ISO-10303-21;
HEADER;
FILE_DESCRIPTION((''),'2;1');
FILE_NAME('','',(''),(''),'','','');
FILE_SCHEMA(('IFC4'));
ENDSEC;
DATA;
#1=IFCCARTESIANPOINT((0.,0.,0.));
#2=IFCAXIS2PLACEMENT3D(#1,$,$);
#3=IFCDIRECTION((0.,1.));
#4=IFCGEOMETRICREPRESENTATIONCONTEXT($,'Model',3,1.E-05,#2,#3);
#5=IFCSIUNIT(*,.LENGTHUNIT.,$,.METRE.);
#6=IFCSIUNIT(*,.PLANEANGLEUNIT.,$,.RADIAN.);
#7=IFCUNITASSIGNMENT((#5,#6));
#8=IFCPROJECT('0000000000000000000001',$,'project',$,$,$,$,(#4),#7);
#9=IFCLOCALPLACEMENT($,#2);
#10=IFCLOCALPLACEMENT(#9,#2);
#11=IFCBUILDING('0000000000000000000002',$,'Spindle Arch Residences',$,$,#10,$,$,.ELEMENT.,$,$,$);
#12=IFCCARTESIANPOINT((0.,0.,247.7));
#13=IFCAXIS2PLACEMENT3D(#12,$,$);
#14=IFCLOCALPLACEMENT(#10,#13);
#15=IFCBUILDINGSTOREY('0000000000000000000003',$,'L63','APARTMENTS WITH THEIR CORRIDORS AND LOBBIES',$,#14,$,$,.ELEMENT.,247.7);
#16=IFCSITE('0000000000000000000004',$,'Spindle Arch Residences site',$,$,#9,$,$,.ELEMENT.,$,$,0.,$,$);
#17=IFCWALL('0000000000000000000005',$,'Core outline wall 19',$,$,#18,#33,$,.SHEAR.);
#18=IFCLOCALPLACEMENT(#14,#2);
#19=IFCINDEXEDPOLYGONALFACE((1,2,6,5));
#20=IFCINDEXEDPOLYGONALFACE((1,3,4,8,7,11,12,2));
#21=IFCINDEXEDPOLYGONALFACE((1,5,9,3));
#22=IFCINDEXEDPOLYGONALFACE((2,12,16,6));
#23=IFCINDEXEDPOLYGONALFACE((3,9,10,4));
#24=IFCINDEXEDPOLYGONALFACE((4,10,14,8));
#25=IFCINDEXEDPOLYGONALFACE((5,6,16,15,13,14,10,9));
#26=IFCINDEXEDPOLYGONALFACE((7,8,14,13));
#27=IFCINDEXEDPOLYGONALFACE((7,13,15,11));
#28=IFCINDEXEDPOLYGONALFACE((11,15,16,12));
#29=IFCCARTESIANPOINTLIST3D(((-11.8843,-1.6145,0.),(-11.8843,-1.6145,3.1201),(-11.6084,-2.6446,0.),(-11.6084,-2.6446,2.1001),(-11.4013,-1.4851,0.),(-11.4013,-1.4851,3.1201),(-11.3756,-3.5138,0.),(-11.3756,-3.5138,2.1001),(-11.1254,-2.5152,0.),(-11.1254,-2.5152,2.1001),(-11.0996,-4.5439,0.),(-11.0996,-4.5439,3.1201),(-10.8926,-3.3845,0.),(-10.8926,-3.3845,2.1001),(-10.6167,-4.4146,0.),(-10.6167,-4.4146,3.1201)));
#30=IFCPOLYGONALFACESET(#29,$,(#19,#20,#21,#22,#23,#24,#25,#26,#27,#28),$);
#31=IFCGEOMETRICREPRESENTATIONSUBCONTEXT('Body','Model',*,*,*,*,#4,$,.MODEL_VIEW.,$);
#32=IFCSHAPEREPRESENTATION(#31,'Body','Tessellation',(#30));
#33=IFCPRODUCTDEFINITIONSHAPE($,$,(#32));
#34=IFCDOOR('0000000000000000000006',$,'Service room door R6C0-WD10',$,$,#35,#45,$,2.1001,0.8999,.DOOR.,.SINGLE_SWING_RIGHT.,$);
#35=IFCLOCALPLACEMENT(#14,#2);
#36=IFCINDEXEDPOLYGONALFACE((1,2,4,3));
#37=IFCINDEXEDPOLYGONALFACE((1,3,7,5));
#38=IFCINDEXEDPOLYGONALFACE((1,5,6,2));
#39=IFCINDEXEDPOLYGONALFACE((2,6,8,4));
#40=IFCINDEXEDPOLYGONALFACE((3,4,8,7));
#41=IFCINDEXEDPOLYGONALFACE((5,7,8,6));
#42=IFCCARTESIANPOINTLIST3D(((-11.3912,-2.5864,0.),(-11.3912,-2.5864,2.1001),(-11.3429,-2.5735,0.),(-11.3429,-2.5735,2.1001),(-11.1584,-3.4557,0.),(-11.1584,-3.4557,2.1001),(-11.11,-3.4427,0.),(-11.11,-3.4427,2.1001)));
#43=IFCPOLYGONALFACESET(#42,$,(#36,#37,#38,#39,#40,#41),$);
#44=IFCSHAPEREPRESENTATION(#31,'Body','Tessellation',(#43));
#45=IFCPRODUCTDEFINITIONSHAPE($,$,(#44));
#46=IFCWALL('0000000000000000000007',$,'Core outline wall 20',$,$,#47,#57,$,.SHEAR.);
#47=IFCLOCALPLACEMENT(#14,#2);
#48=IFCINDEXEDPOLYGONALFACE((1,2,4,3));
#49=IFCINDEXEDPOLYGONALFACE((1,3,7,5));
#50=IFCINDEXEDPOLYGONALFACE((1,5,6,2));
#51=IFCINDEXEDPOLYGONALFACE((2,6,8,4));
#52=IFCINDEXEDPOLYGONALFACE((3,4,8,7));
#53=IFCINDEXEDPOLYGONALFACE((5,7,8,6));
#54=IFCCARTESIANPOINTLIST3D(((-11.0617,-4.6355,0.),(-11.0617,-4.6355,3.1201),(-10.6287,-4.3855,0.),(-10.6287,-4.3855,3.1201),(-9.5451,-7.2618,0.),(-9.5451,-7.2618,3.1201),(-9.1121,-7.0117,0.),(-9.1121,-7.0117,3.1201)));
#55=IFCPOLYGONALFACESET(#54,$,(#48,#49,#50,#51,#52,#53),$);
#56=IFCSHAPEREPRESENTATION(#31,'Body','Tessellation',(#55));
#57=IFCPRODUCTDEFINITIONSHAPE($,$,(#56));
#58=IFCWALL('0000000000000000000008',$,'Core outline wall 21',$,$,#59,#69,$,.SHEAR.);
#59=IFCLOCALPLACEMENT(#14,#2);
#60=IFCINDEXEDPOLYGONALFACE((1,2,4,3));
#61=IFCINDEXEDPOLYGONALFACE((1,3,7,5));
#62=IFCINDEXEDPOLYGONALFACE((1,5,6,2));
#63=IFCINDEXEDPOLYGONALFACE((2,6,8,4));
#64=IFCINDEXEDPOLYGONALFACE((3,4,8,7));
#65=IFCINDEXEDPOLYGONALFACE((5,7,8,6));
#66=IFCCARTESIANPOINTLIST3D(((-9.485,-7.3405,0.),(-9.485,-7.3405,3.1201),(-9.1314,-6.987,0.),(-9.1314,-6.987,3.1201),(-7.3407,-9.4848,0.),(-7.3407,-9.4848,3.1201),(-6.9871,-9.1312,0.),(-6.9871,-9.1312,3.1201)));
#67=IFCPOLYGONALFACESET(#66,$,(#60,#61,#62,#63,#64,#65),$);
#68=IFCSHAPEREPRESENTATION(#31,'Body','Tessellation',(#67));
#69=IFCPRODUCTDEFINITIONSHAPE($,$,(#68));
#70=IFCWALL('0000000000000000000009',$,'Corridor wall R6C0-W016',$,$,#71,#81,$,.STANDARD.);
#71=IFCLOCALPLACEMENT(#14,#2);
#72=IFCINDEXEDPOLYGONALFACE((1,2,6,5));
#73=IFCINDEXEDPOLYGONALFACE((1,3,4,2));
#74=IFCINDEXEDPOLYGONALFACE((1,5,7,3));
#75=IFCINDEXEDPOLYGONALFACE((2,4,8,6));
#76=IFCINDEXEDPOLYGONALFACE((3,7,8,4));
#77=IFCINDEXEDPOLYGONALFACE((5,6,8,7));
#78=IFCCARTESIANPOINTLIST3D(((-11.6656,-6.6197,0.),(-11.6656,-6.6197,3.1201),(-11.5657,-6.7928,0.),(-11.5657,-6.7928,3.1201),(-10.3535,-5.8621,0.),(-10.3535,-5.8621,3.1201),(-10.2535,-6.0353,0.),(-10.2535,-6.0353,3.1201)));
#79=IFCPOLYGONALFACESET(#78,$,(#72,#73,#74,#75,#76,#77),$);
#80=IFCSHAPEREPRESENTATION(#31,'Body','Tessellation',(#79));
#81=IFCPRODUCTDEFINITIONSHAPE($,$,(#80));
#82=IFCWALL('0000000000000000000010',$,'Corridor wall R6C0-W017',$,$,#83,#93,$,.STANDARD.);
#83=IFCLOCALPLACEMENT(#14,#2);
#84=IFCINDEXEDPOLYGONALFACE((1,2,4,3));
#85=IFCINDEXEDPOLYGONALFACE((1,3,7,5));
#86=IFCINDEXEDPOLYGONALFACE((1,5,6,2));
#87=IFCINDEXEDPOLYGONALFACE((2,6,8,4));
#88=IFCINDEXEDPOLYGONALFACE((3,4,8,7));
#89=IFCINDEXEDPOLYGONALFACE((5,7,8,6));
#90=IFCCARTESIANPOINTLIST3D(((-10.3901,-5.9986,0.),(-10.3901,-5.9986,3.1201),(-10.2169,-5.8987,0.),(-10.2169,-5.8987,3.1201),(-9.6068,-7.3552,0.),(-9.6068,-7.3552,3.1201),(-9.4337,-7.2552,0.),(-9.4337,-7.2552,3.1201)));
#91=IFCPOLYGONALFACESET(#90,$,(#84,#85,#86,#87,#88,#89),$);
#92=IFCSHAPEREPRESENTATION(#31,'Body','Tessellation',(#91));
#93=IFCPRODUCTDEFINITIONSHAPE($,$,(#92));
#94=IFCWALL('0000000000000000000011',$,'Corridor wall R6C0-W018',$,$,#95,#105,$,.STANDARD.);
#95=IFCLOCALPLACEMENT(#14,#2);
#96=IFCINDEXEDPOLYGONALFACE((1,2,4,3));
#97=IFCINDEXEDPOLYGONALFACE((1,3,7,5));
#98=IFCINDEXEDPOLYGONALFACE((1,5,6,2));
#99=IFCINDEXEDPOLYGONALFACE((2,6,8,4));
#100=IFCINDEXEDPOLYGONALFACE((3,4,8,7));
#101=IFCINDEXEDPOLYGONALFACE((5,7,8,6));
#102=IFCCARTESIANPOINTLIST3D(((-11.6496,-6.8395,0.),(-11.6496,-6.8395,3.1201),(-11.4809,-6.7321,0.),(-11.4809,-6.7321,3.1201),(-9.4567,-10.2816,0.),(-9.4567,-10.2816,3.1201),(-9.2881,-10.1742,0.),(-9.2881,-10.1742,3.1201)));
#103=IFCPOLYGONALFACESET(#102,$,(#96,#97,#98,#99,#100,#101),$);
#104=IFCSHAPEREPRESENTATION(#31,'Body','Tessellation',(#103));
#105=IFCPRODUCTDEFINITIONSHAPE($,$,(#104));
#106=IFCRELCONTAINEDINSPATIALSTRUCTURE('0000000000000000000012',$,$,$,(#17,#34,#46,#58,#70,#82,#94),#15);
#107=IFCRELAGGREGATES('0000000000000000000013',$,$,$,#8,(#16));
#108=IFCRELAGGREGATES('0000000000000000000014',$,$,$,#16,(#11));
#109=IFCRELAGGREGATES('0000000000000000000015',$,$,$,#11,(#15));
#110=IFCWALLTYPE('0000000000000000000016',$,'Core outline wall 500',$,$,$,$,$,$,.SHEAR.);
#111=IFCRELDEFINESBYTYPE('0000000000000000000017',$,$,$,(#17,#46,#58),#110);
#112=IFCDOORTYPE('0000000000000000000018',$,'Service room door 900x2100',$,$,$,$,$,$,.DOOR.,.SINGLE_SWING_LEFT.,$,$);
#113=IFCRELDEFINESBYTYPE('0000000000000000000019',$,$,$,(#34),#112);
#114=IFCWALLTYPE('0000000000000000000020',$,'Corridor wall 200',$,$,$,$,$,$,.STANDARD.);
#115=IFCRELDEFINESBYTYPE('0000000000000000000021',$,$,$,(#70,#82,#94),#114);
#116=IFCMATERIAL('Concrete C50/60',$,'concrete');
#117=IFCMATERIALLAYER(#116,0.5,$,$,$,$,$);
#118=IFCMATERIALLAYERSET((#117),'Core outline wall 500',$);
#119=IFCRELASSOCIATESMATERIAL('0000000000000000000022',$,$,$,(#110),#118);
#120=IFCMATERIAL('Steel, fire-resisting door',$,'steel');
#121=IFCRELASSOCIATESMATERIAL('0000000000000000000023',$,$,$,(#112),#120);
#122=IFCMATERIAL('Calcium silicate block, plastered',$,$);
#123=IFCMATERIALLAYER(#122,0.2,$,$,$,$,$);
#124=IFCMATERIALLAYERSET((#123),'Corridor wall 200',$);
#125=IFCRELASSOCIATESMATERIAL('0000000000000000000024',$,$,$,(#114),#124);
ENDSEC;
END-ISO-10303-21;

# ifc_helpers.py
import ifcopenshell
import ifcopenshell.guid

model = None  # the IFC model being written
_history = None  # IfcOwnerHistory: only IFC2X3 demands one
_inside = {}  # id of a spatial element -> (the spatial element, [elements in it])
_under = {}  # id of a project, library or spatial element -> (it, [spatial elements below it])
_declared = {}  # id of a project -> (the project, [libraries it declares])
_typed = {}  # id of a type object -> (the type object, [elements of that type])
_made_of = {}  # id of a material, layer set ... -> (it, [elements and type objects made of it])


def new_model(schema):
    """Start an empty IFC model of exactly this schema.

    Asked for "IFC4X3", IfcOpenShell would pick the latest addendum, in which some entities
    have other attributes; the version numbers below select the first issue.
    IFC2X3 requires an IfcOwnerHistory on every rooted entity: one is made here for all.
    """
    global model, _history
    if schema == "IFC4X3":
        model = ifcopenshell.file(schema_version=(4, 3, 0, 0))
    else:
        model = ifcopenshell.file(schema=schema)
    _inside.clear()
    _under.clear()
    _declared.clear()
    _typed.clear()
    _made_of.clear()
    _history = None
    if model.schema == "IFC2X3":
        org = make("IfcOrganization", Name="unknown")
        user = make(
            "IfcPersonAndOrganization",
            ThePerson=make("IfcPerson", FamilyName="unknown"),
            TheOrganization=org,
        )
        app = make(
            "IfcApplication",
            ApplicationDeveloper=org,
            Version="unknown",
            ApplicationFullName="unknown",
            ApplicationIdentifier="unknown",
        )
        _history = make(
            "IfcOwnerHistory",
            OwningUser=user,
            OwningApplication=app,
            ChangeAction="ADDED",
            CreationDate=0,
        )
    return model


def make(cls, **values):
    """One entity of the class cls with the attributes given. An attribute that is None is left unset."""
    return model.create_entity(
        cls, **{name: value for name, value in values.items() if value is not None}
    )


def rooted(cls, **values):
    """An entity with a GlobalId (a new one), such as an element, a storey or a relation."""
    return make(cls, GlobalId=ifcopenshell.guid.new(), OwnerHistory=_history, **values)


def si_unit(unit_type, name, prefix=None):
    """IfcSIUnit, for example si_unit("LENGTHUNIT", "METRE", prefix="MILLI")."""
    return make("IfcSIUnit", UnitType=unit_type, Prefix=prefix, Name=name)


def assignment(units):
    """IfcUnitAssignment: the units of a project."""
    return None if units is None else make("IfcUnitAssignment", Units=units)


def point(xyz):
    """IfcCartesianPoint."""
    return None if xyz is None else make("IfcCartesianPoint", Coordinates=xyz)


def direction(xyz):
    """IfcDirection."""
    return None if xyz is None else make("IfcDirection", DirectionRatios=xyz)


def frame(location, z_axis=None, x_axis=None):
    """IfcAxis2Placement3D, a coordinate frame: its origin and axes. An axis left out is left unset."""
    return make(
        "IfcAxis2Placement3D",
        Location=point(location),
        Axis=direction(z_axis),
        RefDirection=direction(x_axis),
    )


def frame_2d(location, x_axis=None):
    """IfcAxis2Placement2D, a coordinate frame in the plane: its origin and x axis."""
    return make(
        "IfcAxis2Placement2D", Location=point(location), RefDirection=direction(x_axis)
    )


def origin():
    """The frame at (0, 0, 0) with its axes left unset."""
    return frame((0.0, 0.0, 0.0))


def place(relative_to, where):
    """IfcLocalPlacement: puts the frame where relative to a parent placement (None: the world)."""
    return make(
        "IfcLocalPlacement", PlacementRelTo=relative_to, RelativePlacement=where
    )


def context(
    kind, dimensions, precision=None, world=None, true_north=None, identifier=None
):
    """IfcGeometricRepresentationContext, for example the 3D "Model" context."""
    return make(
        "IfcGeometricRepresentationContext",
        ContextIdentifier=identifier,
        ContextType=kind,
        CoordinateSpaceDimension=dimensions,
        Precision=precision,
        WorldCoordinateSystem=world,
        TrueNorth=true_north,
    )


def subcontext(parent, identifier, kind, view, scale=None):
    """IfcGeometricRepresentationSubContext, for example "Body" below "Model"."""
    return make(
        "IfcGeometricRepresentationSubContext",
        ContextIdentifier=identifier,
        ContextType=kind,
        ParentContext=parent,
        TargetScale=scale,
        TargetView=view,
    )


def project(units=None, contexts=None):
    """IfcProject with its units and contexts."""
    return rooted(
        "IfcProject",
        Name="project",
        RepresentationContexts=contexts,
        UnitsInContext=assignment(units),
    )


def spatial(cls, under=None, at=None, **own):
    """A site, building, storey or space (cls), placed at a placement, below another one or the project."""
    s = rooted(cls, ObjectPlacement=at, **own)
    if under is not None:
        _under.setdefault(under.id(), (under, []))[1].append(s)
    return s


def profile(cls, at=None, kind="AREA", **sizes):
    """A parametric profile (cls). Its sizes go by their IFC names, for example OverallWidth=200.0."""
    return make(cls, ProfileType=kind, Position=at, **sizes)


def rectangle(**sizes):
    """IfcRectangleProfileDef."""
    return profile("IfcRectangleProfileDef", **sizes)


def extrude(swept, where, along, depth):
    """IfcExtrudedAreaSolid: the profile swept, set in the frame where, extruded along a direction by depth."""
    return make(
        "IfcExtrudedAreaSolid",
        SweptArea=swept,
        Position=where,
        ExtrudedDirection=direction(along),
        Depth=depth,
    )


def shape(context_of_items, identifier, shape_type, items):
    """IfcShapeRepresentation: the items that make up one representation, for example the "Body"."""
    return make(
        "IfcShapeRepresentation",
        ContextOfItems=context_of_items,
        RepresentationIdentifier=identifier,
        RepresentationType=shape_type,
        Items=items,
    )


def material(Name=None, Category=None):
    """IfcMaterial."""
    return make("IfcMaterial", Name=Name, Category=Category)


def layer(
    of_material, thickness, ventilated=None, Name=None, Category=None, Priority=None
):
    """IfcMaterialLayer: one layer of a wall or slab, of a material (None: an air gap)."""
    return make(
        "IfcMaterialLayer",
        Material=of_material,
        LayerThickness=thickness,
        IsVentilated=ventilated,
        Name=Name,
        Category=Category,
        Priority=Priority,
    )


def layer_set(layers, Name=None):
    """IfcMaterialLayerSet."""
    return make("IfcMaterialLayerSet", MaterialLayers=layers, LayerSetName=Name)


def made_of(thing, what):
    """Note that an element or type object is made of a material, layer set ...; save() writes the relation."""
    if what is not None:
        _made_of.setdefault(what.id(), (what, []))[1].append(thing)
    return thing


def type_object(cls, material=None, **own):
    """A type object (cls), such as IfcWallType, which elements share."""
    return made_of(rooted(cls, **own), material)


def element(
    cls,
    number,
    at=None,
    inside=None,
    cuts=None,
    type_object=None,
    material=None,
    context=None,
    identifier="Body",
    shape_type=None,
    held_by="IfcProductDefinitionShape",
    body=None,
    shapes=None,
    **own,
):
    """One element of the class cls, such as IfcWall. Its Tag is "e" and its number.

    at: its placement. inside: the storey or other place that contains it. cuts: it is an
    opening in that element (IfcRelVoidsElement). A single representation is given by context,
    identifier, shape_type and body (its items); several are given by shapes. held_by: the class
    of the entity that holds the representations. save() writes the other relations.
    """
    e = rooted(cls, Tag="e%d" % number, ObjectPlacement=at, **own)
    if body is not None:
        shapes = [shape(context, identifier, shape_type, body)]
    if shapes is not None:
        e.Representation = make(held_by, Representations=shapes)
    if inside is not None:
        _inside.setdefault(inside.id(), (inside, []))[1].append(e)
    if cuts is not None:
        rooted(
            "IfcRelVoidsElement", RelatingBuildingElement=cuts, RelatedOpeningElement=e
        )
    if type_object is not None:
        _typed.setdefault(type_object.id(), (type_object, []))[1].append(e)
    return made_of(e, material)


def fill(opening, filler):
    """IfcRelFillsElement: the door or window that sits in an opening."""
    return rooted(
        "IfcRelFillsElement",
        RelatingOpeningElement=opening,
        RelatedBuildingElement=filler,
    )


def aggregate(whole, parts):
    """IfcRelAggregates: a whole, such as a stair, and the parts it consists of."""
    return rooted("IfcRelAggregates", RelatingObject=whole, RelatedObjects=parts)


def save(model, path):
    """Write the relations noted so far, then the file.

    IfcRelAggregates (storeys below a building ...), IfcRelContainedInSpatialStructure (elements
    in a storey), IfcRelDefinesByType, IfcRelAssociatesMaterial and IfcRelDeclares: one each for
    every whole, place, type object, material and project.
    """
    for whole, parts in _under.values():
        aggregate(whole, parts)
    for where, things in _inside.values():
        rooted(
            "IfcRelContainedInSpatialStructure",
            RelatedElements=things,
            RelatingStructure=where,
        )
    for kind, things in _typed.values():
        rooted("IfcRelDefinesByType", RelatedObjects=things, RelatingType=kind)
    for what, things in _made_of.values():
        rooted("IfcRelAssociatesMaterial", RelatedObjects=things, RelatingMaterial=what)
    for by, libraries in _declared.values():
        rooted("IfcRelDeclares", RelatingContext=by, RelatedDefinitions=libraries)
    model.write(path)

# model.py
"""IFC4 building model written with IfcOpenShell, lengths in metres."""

from ifc_helpers import new_model, si_unit, direction, frame, frame_2d, origin, place, context, subcontext, project, spatial, rectangle, extrude, material, layer, layer_set, type_object, element, fill, save


model = new_model("IFC4")

# Units and contexts
model_context = context("Model", 3, precision=1e-05, world=origin(), true_north=direction((0.0, 1.0)))
body_context = subcontext(model_context, "Body", "Model", "MODEL_VIEW")
ifc_project = project(units=[si_unit("LENGTHUNIT", "METRE"), si_unit("PLANEANGLEUNIT", "RADIAN")], contexts=[model_context])

# Site, building, storey
site_placement = place(None, origin())
site = spatial("IfcSite", under=ifc_project, at=site_placement, Name="Spindle Arch Residences site", CompositionType="ELEMENT", RefElevation=0.0)
building_placement = place(site_placement, origin())
building = spatial("IfcBuilding", under=site, at=building_placement, Name="Spindle Arch Residences", CompositionType="ELEMENT")
storey_placement = place(building_placement, frame((0.0, 0.0, 247.7)))
storey = spatial("IfcBuildingStorey", under=building, at=storey_placement, Name="L63", Description="APARTMENTS WITH THEIR CORRIDORS AND LOBBIES", CompositionType="ELEMENT", Elevation=247.7)

# Wall, opening, door
ifc_material_1 = material(Name="Concrete C50/60", Category="concrete")
ifc_layer_1 = layer(ifc_material_1, 0.5)
ifc_layer_set_1 = layer_set([ifc_layer_1], Name="Core outline wall 500")
wall_type_1 = type_object("IfcWallType", Name="Core outline wall 500", PredefinedType="SHEAR", material=ifc_layer_set_1)
wall_1_placement = place(storey_placement, frame((-11.6428, -1.5498, 0.0), z_axis=(0.0, 0.0, 1.0), x_axis=(0.258735, -0.965948, 0.0)))
wall_1 = element("IfcWall", 1, at=wall_1_placement, inside=storey, type_object=wall_type_1, Name="Core outline wall 19", PredefinedType="SHEAR", context=body_context, shape_type="SweptSolid", body=[
    extrude(rectangle(XDim=3.0327, YDim=0.5, at=frame_2d((1.5164, 0.0))), origin(), (0.0, 0.0, 1.0), 3.1201),
])
opening_1_placement = place(wall_1_placement, frame((1.0664, 0.0, 0.0)))
opening_1 = element("IfcOpeningElement", 2, at=opening_1_placement, cuts=wall_1, PredefinedType="OPENING", context=body_context, shape_type="SweptSolid", body=[
    extrude(rectangle(XDim=0.8999, YDim=2.1001, at=frame_2d((0.45, 1.05))), frame((0.0, 0.26, 0.0), z_axis=(0.0, -1.0, 0.0), x_axis=(1.0, 0.0, 0.0)), (0.0, 0.0, 1.0), 0.52),
])
ifc_material_2 = material(Name="Steel, fire-resisting door", Category="steel")
door_type_1 = type_object("IfcDoorType", Name="Service room door 900x2100", OperationType="SINGLE_SWING_LEFT", PredefinedType="DOOR", material=ifc_material_2)
door_1_placement = place(opening_1_placement, origin())
door_1 = element("IfcDoor", 3, at=door_1_placement, inside=storey, type_object=door_type_1, Name="Service room door R6C0-WD10", OperationType="SINGLE_SWING_RIGHT", OverallHeight=2.1001, OverallWidth=0.8999, PredefinedType="DOOR", context=body_context, shape_type="SweptSolid", body=[
    extrude(rectangle(XDim=0.8999, YDim=2.1001, at=frame_2d((0.45, 1.05))), frame((0.0, 0.0249, 0.0), z_axis=(0.0, -1.0, 0.0), x_axis=(1.0, 0.0, 0.0)), (0.0, 0.0, 1.0), 0.05),
])
fill(opening_1, door_1)

# Walls
wall_2_placement = place(storey_placement, frame((-10.8452, -4.5105, 0.0), z_axis=(0.0, 0.0, 1.0), x_axis=(0.500087, -0.865975, 0.0)))
element("IfcWall", 4, at=wall_2_placement, inside=storey, type_object=wall_type_1, Name="Core outline wall 20", PredefinedType="SHEAR", context=body_context, shape_type="SweptSolid", body=[
    extrude(rectangle(XDim=3.0327, YDim=0.5, at=frame_2d((1.5164, 0.0))), origin(), (0.0, 0.0, 1.0), 3.1201),
])
wall_3_placement = place(storey_placement, frame((-9.3081, -7.1638, 0.0), z_axis=(0.0, 0.0, 1.0), x_axis=(0.707107, -0.707107, 0.0)))
element("IfcWall", 5, at=wall_3_placement, inside=storey, type_object=wall_type_1, Name="Core outline wall 21", PredefinedType="SHEAR", context=body_context, shape_type="SweptSolid", body=[
    extrude(rectangle(XDim=3.0325, YDim=0.5, at=frame_2d((1.5161, 0.0))), origin(), (0.0, 0.0, 1.0), 3.1201),
])
ifc_material_3 = material(Name="Calcium silicate block, plastered")
ifc_layer_2 = layer(ifc_material_3, 0.2)
ifc_layer_set_2 = layer_set([ifc_layer_2], Name="Corridor wall 200")
wall_type_2 = type_object("IfcWallType", Name="Corridor wall 200", PredefinedType="STANDARD", material=ifc_layer_set_2)
wall_4_placement = place(storey_placement, frame((-10.3035, -5.9487, 0.0), z_axis=(0.0, 0.0, 1.0), x_axis=(-0.866043, -0.499969, 0.0)))
element("IfcWall", 6, at=wall_4_placement, inside=storey, type_object=wall_type_2, Name="Corridor wall R6C0-W016", PredefinedType="STANDARD", context=body_context, shape_type="SweptSolid", body=[
    extrude(rectangle(XDim=1.5151, YDim=0.2, at=frame_2d((0.7576, 0.0))), origin(), (0.0, 0.0, 1.0), 3.1201),
])
wall_5_placement = place(storey_placement, frame((-9.5203, -7.3052, 0.0), z_axis=(0.0, 0.0, 1.0), x_axis=(-0.500028, 0.866009, 0.0)))
element("IfcWall", 7, at=wall_5_placement, inside=storey, type_object=wall_type_2, Name="Corridor wall R6C0-W017", PredefinedType="STANDARD", context=body_context, shape_type="SweptSolid", body=[
    extrude(rectangle(XDim=1.5664, YDim=0.2, at=frame_2d((0.7832, 0.0))), origin(), (0.0, 0.0, 1.0), 3.1201),
])
wall_6_placement = place(storey_placement, frame((-11.5652, -6.7859, 0.0), z_axis=(0.0, 0.0, 1.0), x_axis=(0.537297, -0.843393, 0.0)))
element("IfcWall", 8, at=wall_6_placement, inside=storey, type_object=wall_type_2, Name="Corridor wall R6C0-W018", PredefinedType="STANDARD", context=body_context, shape_type="SweptSolid", body=[
    extrude(rectangle(XDim=4.0813, YDim=0.2, at=frame_2d((2.0405, 0.0))), origin(), (0.0, 0.0, 1.0), 3.1201),
])

save(model, "model.ifc")
